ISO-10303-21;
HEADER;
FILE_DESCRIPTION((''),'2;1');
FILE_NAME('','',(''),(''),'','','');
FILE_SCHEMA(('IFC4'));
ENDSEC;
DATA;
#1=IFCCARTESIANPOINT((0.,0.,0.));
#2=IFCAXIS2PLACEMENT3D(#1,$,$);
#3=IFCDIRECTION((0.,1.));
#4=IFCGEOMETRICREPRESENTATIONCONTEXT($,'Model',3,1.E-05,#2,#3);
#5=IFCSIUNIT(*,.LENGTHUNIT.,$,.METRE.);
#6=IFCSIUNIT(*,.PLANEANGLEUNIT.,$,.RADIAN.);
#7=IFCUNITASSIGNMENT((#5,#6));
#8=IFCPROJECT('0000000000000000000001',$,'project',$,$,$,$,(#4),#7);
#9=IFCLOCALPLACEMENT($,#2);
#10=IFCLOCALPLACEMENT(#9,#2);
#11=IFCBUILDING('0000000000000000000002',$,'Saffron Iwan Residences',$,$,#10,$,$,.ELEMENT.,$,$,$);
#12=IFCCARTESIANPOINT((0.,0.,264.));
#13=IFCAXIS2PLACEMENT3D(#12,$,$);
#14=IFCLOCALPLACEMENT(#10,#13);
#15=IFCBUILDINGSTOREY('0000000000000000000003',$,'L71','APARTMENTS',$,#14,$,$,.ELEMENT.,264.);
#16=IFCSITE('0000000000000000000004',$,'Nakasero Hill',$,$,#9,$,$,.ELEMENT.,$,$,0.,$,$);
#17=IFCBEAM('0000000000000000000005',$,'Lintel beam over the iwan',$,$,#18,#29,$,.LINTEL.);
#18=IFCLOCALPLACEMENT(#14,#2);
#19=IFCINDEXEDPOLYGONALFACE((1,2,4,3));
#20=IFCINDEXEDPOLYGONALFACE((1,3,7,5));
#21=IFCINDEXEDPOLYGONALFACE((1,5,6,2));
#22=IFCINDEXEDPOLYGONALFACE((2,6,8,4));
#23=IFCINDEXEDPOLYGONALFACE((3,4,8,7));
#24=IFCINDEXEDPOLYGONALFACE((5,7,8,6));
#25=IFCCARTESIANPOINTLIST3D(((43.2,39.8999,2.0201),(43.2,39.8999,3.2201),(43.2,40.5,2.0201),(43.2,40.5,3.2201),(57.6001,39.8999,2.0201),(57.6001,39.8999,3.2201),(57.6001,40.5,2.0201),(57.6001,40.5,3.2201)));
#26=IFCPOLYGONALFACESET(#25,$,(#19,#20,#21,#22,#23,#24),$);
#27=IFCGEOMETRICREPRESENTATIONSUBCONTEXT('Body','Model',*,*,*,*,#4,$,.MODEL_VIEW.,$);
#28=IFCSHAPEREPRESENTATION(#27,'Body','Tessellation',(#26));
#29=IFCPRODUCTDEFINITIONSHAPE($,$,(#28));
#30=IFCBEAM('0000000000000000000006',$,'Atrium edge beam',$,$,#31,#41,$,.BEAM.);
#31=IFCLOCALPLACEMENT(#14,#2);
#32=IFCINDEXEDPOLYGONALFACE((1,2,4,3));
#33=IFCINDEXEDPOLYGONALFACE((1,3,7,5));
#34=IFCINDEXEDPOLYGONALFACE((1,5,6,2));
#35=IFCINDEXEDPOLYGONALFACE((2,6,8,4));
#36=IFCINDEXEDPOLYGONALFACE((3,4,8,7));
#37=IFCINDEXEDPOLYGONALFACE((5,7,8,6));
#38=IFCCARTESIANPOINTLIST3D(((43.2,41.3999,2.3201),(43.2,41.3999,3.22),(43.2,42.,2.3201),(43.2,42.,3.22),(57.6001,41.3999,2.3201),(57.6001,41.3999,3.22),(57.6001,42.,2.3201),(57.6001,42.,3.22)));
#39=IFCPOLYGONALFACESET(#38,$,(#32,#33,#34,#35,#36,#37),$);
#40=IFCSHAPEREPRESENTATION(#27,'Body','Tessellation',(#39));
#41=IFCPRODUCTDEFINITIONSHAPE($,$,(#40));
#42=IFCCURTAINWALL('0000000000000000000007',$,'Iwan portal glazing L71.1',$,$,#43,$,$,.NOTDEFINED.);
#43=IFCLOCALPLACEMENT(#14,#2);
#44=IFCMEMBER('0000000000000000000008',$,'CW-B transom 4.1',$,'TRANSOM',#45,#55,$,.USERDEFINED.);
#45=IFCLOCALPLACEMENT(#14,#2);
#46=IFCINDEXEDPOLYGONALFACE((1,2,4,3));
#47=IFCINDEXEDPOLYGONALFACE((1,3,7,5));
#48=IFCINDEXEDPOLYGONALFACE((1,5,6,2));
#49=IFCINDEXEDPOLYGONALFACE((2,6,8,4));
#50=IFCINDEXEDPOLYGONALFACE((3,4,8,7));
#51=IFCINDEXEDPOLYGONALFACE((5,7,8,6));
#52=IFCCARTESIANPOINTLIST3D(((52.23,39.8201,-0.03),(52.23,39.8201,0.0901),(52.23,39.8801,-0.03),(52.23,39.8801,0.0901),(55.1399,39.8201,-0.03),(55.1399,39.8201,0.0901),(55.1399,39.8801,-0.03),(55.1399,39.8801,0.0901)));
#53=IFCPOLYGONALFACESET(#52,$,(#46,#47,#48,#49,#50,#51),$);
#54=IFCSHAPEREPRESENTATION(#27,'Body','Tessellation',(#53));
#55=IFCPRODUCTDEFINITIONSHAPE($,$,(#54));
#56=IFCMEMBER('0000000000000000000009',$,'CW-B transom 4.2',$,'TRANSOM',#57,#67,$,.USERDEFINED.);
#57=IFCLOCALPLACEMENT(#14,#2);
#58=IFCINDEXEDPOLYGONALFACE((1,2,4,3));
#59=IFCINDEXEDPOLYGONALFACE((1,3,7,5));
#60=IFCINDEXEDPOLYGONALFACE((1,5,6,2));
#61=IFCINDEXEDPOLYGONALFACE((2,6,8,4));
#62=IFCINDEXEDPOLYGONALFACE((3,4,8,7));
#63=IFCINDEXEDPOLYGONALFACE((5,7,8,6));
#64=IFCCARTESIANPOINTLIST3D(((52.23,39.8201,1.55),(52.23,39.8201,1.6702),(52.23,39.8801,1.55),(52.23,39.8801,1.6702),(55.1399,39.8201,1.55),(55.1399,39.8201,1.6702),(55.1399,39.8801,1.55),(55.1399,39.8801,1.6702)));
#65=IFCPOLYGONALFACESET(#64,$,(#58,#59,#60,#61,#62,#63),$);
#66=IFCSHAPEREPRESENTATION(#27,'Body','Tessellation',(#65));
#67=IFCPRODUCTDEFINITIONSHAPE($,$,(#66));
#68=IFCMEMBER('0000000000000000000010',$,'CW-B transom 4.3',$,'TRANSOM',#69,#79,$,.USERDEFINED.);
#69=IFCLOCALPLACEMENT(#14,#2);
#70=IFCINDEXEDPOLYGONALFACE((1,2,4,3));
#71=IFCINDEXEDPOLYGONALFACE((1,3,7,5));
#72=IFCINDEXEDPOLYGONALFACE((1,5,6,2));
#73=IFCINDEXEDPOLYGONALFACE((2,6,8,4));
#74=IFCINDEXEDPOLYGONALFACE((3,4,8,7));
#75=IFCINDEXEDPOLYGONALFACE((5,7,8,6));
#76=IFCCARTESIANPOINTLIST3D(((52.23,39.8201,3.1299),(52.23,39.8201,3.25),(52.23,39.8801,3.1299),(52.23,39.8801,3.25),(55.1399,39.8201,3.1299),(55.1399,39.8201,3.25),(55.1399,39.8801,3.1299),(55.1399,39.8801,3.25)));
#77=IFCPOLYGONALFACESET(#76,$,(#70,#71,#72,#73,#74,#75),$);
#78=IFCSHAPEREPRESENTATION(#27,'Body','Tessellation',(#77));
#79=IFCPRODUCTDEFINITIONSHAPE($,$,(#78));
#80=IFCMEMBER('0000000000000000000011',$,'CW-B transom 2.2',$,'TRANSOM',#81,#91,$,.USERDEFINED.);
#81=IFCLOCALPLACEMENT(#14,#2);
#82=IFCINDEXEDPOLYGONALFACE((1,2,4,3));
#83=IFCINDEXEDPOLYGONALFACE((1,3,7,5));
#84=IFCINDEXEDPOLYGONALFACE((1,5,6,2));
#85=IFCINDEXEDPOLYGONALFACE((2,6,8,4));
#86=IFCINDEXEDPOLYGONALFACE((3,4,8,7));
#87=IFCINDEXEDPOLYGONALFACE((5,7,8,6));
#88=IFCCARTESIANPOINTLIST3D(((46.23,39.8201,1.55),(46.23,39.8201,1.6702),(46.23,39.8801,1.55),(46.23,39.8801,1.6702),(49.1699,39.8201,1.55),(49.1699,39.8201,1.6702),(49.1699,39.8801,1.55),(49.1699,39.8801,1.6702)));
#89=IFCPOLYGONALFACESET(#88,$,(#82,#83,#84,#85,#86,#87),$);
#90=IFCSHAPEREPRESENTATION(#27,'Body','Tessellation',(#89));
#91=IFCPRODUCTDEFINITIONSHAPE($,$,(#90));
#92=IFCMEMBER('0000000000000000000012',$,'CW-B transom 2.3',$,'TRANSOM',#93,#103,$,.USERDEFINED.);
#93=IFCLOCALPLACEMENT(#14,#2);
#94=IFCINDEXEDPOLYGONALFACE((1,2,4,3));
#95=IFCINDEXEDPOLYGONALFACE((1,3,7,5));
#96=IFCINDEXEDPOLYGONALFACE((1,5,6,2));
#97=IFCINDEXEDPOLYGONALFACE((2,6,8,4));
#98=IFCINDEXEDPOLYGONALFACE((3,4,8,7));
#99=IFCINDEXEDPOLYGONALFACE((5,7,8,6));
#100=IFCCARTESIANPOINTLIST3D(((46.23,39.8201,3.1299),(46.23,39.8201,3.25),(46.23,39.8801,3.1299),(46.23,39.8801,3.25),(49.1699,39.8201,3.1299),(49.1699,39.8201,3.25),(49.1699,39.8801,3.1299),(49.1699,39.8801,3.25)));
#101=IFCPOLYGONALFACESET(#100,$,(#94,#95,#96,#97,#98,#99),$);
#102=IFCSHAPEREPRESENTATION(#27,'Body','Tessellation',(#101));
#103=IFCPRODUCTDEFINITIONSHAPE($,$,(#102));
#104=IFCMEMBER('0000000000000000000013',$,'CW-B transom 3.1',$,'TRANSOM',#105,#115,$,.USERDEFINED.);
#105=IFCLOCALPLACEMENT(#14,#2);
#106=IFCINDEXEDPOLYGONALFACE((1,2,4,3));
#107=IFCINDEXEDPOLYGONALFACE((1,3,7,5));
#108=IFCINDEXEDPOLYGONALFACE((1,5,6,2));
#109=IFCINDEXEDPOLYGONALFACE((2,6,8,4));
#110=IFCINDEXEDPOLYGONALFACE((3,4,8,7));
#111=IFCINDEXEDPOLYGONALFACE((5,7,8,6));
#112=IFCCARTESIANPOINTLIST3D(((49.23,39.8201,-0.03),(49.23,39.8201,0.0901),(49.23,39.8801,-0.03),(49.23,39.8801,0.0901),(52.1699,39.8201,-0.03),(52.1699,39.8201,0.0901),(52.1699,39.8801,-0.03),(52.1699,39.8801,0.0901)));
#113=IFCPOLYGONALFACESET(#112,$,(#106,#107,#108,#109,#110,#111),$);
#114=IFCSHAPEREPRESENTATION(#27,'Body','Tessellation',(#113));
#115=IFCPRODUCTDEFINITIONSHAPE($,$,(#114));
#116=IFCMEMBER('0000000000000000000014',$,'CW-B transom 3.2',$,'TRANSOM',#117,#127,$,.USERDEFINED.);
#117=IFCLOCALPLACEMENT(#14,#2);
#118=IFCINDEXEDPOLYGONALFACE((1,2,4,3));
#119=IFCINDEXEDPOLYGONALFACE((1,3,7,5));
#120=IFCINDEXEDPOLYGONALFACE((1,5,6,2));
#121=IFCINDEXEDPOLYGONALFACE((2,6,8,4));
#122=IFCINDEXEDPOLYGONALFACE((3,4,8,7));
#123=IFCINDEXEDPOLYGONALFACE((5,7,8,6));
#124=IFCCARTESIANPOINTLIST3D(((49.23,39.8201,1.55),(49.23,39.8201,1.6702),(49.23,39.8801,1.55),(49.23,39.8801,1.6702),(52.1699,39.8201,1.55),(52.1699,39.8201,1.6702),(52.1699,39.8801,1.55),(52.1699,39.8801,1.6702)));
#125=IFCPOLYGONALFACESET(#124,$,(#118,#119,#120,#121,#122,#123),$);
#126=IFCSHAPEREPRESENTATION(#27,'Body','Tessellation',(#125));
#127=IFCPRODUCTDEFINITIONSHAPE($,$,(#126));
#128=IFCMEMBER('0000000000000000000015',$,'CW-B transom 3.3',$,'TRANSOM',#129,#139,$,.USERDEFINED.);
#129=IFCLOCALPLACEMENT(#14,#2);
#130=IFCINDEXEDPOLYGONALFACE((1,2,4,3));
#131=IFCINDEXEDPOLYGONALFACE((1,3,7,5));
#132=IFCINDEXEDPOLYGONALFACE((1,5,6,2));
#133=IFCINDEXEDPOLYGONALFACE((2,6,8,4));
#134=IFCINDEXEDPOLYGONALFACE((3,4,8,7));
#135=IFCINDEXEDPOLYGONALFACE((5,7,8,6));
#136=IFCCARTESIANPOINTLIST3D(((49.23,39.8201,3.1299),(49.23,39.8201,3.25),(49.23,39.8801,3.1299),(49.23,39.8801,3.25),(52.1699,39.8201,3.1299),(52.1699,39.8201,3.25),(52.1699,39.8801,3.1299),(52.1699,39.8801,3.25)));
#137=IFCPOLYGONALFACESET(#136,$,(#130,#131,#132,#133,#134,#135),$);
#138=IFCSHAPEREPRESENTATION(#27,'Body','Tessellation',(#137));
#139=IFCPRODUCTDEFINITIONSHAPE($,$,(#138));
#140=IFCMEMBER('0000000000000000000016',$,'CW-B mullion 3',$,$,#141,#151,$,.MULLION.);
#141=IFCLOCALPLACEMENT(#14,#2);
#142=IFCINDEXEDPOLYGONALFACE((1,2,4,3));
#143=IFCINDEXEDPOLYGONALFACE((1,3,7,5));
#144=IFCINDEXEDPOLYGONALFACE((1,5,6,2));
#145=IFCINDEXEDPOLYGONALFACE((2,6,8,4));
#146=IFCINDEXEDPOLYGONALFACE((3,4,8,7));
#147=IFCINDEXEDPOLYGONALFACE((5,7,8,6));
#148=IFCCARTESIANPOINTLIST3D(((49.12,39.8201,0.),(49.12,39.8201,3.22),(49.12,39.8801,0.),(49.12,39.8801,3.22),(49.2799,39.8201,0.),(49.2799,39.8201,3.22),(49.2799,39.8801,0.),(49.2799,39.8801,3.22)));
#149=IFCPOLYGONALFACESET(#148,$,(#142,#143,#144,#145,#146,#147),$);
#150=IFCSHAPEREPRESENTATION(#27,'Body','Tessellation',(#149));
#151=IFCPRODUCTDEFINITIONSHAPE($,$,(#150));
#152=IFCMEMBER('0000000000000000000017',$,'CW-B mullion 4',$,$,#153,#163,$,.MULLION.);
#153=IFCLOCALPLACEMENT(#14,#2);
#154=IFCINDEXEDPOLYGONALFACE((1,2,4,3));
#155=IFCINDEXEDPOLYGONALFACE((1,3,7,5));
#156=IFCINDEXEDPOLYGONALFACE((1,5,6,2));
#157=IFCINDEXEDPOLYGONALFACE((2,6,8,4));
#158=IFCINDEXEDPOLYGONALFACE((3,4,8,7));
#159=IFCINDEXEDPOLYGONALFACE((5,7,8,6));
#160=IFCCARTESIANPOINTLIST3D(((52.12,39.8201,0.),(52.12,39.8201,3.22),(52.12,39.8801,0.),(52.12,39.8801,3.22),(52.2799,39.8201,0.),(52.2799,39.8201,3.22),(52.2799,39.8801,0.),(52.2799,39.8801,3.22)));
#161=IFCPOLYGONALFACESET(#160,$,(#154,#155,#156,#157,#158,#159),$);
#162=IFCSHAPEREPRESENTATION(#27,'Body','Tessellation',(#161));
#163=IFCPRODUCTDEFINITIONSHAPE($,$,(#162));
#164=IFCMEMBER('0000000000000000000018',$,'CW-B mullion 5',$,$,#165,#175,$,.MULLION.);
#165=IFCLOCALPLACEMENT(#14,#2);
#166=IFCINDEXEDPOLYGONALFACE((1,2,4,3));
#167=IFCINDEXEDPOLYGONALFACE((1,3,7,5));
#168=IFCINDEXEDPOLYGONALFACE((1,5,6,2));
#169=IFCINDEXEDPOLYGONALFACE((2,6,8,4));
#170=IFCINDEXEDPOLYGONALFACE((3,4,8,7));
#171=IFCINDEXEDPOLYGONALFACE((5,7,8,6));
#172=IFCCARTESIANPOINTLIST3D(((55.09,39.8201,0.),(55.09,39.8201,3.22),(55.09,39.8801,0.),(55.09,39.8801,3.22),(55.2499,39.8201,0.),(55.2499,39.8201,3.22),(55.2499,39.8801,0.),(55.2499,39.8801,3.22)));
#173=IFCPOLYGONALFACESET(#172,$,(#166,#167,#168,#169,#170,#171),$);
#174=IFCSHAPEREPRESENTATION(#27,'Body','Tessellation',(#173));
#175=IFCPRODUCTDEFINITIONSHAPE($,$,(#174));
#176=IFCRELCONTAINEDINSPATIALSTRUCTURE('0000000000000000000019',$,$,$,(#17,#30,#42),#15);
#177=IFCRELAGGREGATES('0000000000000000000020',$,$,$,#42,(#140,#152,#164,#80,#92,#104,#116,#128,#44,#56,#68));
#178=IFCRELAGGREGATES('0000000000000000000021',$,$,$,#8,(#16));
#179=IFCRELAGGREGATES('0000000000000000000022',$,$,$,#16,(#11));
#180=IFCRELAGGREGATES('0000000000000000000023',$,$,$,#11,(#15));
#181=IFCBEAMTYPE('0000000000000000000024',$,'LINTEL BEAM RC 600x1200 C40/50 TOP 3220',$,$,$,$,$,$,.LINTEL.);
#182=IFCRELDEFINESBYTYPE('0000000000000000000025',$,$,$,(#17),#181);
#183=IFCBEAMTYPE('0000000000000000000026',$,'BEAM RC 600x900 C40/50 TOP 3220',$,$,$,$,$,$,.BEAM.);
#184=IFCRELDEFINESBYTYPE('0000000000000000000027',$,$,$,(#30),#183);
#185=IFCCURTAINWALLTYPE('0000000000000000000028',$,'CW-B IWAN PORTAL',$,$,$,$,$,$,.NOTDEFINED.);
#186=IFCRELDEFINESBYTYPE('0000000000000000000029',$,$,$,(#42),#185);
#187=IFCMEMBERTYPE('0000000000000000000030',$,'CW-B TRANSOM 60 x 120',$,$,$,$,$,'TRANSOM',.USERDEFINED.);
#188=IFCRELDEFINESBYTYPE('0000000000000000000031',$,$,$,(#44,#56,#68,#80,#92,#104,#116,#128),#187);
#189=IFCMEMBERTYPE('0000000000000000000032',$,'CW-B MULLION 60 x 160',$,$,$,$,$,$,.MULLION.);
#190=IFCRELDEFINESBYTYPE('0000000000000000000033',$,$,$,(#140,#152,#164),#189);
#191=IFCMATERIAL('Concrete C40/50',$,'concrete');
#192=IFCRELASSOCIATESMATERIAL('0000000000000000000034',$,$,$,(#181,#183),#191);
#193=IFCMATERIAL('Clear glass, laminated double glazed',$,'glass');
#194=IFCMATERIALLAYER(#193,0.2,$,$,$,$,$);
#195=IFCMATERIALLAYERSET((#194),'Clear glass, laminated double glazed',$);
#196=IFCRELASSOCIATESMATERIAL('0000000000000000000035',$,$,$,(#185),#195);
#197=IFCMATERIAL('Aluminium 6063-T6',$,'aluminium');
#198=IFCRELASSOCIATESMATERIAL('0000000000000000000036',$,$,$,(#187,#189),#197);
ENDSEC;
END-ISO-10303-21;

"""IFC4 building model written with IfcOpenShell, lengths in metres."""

from ifc_helpers import new_model, si_unit, direction, frame, origin, origin_2d, place, context, subcontext, project, spatial, rectangle, extrude, source, transform, mapped, material, layer, layer_set, material_profile, profile_set, type_object, element, aggregate, save


model = new_model("IFC4")

# Units and contexts
model_context = context("Model", 3, precision=1e-05, world=origin(), true_north=direction((0.0, 1.0)))
body_context = subcontext(model_context, "Body", "Model", "MODEL_VIEW")
ifc_project = project(units=[si_unit("LENGTHUNIT", "METRE"), si_unit("PLANEANGLEUNIT", "RADIAN")], contexts=[model_context])

# Site, building, storey
site_placement = place(None, origin())
site = spatial("IfcSite", under=ifc_project, at=site_placement, Name="Nakasero Hill", CompositionType="ELEMENT", RefElevation=0.0)
building_placement = place(site_placement, origin())
building = spatial("IfcBuilding", under=site, at=building_placement, Name="Saffron Iwan Residences", CompositionType="ELEMENT")
storey_placement = place(building_placement, frame((0.0, 0.0, 264.0)))
storey = spatial("IfcBuildingStorey", under=building, at=storey_placement, Name="L71", Description="APARTMENTS", CompositionType="ELEMENT", Elevation=264.0)

# Beams
ifc_material_1 = material(Name="Concrete C40/50", Category="concrete")
ifc_material_profile_1 = material_profile(ifc_material_1, rectangle(XDim=0.6001, YDim=1.2, at=origin_2d()), Name="RC 600x1200")
ifc_profile_set_1 = profile_set([ifc_material_profile_1], Name="Concrete C40/50")
beam_type_1 = type_object("IfcBeamType", Name="LINTEL BEAM RC 600x1200 C40/50 TOP 3220", PredefinedType="LINTEL", material=ifc_profile_set_1)
shared_shape_1 = source(origin(), body_context, "Body", "SweptSolid", [
    extrude(rectangle(XDim=0.6001, YDim=1.2, at=origin_2d()), origin(), (0.0, 0.0, 1.0), 14.4001),
])
beam_1_placement = place(storey_placement, frame((57.6001, 40.2, 2.6201), z_axis=(-1.0, 0.0, 0.0), x_axis=(0.0, -1.0, 0.0)))
element("IfcBeam", 1, at=beam_1_placement, inside=storey, type_object=beam_type_1, Name="Lintel beam over the iwan", PredefinedType="LINTEL", context=body_context, shape_type="MappedRepresentation", body=[
    mapped(shared_shape_1, transform((0.0, 0.0, 0.0))),
])
ifc_material_profile_2 = material_profile(ifc_material_1, rectangle(XDim=0.6001, YDim=0.8999, at=origin_2d()), Name="RC 600x900")
ifc_profile_set_2 = profile_set([ifc_material_profile_2], Name="Concrete C40/50")
beam_type_2 = type_object("IfcBeamType", Name="BEAM RC 600x900 C40/50 TOP 3220", PredefinedType="BEAM", material=ifc_profile_set_2)
shared_shape_2 = source(origin(), body_context, "Body", "SweptSolid", [
    extrude(rectangle(XDim=0.6001, YDim=0.8999, at=origin_2d()), origin(), (0.0, 0.0, 1.0), 14.4001),
])
beam_2_placement = place(storey_placement, frame((57.6001, 41.7, 2.77), z_axis=(-1.0, 0.0, 0.0), x_axis=(0.0, -1.0, 0.0)))
element("IfcBeam", 2, at=beam_2_placement, inside=storey, type_object=beam_type_2, Name="Atrium edge beam", PredefinedType="BEAM", context=body_context, shape_type="MappedRepresentation", body=[
    mapped(shared_shape_2, transform((0.0, 0.0, 0.0))),
])

# Curtain wall, members
ifc_material_2 = material(Name="Clear glass, laminated double glazed", Category="glass")
ifc_layer_1 = layer(ifc_material_2, 0.2)
ifc_layer_set_1 = layer_set([ifc_layer_1], Name="Clear glass, laminated double glazed")
curtain_wall_type = type_object("IfcCurtainWallType", Name="CW-B IWAN PORTAL", PredefinedType="NOTDEFINED", material=ifc_layer_set_1)
curtain_wall_placement = place(storey_placement, origin())
curtain_wall = element("IfcCurtainWall", 3, at=curtain_wall_placement, inside=storey, type_object=curtain_wall_type, Name="Iwan portal glazing L71.1", PredefinedType="NOTDEFINED")
ifc_material_3 = material(Name="Aluminium 6063-T6", Category="aluminium")
ifc_material_profile_3 = material_profile(ifc_material_3, rectangle(XDim=0.0601, YDim=0.1201, at=origin_2d()), Name="CW-B TRANSOM 60 x 120")
ifc_profile_set_3 = profile_set([ifc_material_profile_3], Name="Aluminium 6063-T6")
member_type_1 = type_object("IfcMemberType", Name="CW-B TRANSOM 60 x 120", ElementType="TRANSOM", PredefinedType="USERDEFINED", material=ifc_profile_set_3)
shared_shape_3 = source(origin(), body_context, "Body", "SweptSolid", [
    extrude(rectangle(XDim=0.0601, YDim=0.1201, at=origin_2d()), origin(), (0.0, 0.0, 1.0), 2.9099),
])
member_1_placement = place(storey_placement, frame((52.23, 39.8501, 0.03), z_axis=(1.0, 0.0, 0.0), x_axis=(0.0, 1.0, 0.0)))
member_1 = element("IfcMember", 4, at=member_1_placement, type_object=member_type_1, Name="CW-B transom 4.1", ObjectType="TRANSOM", PredefinedType="USERDEFINED", context=body_context, shape_type="MappedRepresentation", body=[
    mapped(shared_shape_3, transform((0.0, 0.0, 0.0))),
])
member_2_placement = place(storey_placement, frame((52.23, 39.8501, 1.6101), z_axis=(1.0, 0.0, 0.0), x_axis=(0.0, 1.0, 0.0)))
member_2 = element("IfcMember", 5, at=member_2_placement, type_object=member_type_1, Name="CW-B transom 4.2", ObjectType="TRANSOM", PredefinedType="USERDEFINED", context=body_context, shape_type="MappedRepresentation", body=[
    mapped(shared_shape_3, transform((0.0, 0.0, 0.0))),
])
member_3_placement = place(storey_placement, frame((52.23, 39.8501, 3.1899), z_axis=(1.0, 0.0, 0.0), x_axis=(0.0, 1.0, 0.0)))
member_3 = element("IfcMember", 6, at=member_3_placement, type_object=member_type_1, Name="CW-B transom 4.3", ObjectType="TRANSOM", PredefinedType="USERDEFINED", context=body_context, shape_type="MappedRepresentation", body=[
    mapped(shared_shape_3, transform((0.0, 0.0, 0.0))),
])
shared_shape_4 = source(origin(), body_context, "Body", "SweptSolid", [
    extrude(rectangle(XDim=0.0601, YDim=0.1201, at=origin_2d()), origin(), (0.0, 0.0, 1.0), 2.9399),
])
member_4_placement = place(storey_placement, frame((46.23, 39.8501, 1.6101), z_axis=(1.0, 0.0, 0.0), x_axis=(0.0, 1.0, 0.0)))
member_4 = element("IfcMember", 7, at=member_4_placement, type_object=member_type_1, Name="CW-B transom 2.2", ObjectType="TRANSOM", PredefinedType="USERDEFINED", context=body_context, shape_type="MappedRepresentation", body=[
    mapped(shared_shape_4, transform((0.0, 0.0, 0.0))),
])
member_5_placement = place(storey_placement, frame((46.23, 39.8501, 3.1899), z_axis=(1.0, 0.0, 0.0), x_axis=(0.0, 1.0, 0.0)))
member_5 = element("IfcMember", 8, at=member_5_placement, type_object=member_type_1, Name="CW-B transom 2.3", ObjectType="TRANSOM", PredefinedType="USERDEFINED", context=body_context, shape_type="MappedRepresentation", body=[
    mapped(shared_shape_4, transform((0.0, 0.0, 0.0))),
])
member_6_placement = place(storey_placement, frame((49.23, 39.8501, 0.03), z_axis=(1.0, 0.0, 0.0), x_axis=(0.0, 1.0, 0.0)))
member_6 = element("IfcMember", 9, at=member_6_placement, type_object=member_type_1, Name="CW-B transom 3.1", ObjectType="TRANSOM", PredefinedType="USERDEFINED", context=body_context, shape_type="MappedRepresentation", body=[
    mapped(shared_shape_4, transform((0.0, 0.0, 0.0))),
])
member_7_placement = place(storey_placement, frame((49.23, 39.8501, 1.6101), z_axis=(1.0, 0.0, 0.0), x_axis=(0.0, 1.0, 0.0)))
member_7 = element("IfcMember", 10, at=member_7_placement, type_object=member_type_1, Name="CW-B transom 3.2", ObjectType="TRANSOM", PredefinedType="USERDEFINED", context=body_context, shape_type="MappedRepresentation", body=[
    mapped(shared_shape_4, transform((0.0, 0.0, 0.0))),
])
member_8_placement = place(storey_placement, frame((49.23, 39.8501, 3.1899), z_axis=(1.0, 0.0, 0.0), x_axis=(0.0, 1.0, 0.0)))
member_8 = element("IfcMember", 11, at=member_8_placement, type_object=member_type_1, Name="CW-B transom 3.3", ObjectType="TRANSOM", PredefinedType="USERDEFINED", context=body_context, shape_type="MappedRepresentation", body=[
    mapped(shared_shape_4, transform((0.0, 0.0, 0.0))),
])
ifc_material_profile_4 = material_profile(ifc_material_3, rectangle(XDim=0.0601, YDim=0.1599, at=origin_2d()), Name="CW-B MULLION 60 x 160")
ifc_profile_set_4 = profile_set([ifc_material_profile_4], Name="Aluminium 6063-T6")
member_type_2 = type_object("IfcMemberType", Name="CW-B MULLION 60 x 160", PredefinedType="MULLION", material=ifc_profile_set_4)
shared_shape_5 = source(origin(), body_context, "Body", "SweptSolid", [
    extrude(rectangle(XDim=0.0601, YDim=0.1599, at=origin_2d()), origin(), (0.0, 0.0, 1.0), 3.22),
])
member_9_placement = place(storey_placement, frame((49.2, 39.8501, 0.0), z_axis=(0.0, 0.0, 1.0), x_axis=(0.0, 1.0, 0.0)))
member_9 = element("IfcMember", 12, at=member_9_placement, type_object=member_type_2, Name="CW-B mullion 3", PredefinedType="MULLION", context=body_context, shape_type="MappedRepresentation", body=[
    mapped(shared_shape_5, transform((0.0, 0.0, 0.0))),
])
member_10_placement = place(storey_placement, frame((52.2, 39.8501, 0.0), z_axis=(0.0, 0.0, 1.0), x_axis=(0.0, 1.0, 0.0)))
member_10 = element("IfcMember", 13, at=member_10_placement, type_object=member_type_2, Name="CW-B mullion 4", PredefinedType="MULLION", context=body_context, shape_type="MappedRepresentation", body=[
    mapped(shared_shape_5, transform((0.0, 0.0, 0.0))),
])
member_11_placement = place(storey_placement, frame((55.1699, 39.8501, 0.0), z_axis=(0.0, 0.0, 1.0), x_axis=(0.0, 1.0, 0.0)))
member_11 = element("IfcMember", 14, at=member_11_placement, type_object=member_type_2, Name="CW-B mullion 5", PredefinedType="MULLION", context=body_context, shape_type="MappedRepresentation", body=[
    mapped(shared_shape_5, transform((0.0, 0.0, 0.0))),
])
aggregate(curtain_wall, [member_9, member_10, member_11, member_4, member_5, member_6, member_7, member_8, member_1, member_2, member_3])

save(model, "model.ifc")
